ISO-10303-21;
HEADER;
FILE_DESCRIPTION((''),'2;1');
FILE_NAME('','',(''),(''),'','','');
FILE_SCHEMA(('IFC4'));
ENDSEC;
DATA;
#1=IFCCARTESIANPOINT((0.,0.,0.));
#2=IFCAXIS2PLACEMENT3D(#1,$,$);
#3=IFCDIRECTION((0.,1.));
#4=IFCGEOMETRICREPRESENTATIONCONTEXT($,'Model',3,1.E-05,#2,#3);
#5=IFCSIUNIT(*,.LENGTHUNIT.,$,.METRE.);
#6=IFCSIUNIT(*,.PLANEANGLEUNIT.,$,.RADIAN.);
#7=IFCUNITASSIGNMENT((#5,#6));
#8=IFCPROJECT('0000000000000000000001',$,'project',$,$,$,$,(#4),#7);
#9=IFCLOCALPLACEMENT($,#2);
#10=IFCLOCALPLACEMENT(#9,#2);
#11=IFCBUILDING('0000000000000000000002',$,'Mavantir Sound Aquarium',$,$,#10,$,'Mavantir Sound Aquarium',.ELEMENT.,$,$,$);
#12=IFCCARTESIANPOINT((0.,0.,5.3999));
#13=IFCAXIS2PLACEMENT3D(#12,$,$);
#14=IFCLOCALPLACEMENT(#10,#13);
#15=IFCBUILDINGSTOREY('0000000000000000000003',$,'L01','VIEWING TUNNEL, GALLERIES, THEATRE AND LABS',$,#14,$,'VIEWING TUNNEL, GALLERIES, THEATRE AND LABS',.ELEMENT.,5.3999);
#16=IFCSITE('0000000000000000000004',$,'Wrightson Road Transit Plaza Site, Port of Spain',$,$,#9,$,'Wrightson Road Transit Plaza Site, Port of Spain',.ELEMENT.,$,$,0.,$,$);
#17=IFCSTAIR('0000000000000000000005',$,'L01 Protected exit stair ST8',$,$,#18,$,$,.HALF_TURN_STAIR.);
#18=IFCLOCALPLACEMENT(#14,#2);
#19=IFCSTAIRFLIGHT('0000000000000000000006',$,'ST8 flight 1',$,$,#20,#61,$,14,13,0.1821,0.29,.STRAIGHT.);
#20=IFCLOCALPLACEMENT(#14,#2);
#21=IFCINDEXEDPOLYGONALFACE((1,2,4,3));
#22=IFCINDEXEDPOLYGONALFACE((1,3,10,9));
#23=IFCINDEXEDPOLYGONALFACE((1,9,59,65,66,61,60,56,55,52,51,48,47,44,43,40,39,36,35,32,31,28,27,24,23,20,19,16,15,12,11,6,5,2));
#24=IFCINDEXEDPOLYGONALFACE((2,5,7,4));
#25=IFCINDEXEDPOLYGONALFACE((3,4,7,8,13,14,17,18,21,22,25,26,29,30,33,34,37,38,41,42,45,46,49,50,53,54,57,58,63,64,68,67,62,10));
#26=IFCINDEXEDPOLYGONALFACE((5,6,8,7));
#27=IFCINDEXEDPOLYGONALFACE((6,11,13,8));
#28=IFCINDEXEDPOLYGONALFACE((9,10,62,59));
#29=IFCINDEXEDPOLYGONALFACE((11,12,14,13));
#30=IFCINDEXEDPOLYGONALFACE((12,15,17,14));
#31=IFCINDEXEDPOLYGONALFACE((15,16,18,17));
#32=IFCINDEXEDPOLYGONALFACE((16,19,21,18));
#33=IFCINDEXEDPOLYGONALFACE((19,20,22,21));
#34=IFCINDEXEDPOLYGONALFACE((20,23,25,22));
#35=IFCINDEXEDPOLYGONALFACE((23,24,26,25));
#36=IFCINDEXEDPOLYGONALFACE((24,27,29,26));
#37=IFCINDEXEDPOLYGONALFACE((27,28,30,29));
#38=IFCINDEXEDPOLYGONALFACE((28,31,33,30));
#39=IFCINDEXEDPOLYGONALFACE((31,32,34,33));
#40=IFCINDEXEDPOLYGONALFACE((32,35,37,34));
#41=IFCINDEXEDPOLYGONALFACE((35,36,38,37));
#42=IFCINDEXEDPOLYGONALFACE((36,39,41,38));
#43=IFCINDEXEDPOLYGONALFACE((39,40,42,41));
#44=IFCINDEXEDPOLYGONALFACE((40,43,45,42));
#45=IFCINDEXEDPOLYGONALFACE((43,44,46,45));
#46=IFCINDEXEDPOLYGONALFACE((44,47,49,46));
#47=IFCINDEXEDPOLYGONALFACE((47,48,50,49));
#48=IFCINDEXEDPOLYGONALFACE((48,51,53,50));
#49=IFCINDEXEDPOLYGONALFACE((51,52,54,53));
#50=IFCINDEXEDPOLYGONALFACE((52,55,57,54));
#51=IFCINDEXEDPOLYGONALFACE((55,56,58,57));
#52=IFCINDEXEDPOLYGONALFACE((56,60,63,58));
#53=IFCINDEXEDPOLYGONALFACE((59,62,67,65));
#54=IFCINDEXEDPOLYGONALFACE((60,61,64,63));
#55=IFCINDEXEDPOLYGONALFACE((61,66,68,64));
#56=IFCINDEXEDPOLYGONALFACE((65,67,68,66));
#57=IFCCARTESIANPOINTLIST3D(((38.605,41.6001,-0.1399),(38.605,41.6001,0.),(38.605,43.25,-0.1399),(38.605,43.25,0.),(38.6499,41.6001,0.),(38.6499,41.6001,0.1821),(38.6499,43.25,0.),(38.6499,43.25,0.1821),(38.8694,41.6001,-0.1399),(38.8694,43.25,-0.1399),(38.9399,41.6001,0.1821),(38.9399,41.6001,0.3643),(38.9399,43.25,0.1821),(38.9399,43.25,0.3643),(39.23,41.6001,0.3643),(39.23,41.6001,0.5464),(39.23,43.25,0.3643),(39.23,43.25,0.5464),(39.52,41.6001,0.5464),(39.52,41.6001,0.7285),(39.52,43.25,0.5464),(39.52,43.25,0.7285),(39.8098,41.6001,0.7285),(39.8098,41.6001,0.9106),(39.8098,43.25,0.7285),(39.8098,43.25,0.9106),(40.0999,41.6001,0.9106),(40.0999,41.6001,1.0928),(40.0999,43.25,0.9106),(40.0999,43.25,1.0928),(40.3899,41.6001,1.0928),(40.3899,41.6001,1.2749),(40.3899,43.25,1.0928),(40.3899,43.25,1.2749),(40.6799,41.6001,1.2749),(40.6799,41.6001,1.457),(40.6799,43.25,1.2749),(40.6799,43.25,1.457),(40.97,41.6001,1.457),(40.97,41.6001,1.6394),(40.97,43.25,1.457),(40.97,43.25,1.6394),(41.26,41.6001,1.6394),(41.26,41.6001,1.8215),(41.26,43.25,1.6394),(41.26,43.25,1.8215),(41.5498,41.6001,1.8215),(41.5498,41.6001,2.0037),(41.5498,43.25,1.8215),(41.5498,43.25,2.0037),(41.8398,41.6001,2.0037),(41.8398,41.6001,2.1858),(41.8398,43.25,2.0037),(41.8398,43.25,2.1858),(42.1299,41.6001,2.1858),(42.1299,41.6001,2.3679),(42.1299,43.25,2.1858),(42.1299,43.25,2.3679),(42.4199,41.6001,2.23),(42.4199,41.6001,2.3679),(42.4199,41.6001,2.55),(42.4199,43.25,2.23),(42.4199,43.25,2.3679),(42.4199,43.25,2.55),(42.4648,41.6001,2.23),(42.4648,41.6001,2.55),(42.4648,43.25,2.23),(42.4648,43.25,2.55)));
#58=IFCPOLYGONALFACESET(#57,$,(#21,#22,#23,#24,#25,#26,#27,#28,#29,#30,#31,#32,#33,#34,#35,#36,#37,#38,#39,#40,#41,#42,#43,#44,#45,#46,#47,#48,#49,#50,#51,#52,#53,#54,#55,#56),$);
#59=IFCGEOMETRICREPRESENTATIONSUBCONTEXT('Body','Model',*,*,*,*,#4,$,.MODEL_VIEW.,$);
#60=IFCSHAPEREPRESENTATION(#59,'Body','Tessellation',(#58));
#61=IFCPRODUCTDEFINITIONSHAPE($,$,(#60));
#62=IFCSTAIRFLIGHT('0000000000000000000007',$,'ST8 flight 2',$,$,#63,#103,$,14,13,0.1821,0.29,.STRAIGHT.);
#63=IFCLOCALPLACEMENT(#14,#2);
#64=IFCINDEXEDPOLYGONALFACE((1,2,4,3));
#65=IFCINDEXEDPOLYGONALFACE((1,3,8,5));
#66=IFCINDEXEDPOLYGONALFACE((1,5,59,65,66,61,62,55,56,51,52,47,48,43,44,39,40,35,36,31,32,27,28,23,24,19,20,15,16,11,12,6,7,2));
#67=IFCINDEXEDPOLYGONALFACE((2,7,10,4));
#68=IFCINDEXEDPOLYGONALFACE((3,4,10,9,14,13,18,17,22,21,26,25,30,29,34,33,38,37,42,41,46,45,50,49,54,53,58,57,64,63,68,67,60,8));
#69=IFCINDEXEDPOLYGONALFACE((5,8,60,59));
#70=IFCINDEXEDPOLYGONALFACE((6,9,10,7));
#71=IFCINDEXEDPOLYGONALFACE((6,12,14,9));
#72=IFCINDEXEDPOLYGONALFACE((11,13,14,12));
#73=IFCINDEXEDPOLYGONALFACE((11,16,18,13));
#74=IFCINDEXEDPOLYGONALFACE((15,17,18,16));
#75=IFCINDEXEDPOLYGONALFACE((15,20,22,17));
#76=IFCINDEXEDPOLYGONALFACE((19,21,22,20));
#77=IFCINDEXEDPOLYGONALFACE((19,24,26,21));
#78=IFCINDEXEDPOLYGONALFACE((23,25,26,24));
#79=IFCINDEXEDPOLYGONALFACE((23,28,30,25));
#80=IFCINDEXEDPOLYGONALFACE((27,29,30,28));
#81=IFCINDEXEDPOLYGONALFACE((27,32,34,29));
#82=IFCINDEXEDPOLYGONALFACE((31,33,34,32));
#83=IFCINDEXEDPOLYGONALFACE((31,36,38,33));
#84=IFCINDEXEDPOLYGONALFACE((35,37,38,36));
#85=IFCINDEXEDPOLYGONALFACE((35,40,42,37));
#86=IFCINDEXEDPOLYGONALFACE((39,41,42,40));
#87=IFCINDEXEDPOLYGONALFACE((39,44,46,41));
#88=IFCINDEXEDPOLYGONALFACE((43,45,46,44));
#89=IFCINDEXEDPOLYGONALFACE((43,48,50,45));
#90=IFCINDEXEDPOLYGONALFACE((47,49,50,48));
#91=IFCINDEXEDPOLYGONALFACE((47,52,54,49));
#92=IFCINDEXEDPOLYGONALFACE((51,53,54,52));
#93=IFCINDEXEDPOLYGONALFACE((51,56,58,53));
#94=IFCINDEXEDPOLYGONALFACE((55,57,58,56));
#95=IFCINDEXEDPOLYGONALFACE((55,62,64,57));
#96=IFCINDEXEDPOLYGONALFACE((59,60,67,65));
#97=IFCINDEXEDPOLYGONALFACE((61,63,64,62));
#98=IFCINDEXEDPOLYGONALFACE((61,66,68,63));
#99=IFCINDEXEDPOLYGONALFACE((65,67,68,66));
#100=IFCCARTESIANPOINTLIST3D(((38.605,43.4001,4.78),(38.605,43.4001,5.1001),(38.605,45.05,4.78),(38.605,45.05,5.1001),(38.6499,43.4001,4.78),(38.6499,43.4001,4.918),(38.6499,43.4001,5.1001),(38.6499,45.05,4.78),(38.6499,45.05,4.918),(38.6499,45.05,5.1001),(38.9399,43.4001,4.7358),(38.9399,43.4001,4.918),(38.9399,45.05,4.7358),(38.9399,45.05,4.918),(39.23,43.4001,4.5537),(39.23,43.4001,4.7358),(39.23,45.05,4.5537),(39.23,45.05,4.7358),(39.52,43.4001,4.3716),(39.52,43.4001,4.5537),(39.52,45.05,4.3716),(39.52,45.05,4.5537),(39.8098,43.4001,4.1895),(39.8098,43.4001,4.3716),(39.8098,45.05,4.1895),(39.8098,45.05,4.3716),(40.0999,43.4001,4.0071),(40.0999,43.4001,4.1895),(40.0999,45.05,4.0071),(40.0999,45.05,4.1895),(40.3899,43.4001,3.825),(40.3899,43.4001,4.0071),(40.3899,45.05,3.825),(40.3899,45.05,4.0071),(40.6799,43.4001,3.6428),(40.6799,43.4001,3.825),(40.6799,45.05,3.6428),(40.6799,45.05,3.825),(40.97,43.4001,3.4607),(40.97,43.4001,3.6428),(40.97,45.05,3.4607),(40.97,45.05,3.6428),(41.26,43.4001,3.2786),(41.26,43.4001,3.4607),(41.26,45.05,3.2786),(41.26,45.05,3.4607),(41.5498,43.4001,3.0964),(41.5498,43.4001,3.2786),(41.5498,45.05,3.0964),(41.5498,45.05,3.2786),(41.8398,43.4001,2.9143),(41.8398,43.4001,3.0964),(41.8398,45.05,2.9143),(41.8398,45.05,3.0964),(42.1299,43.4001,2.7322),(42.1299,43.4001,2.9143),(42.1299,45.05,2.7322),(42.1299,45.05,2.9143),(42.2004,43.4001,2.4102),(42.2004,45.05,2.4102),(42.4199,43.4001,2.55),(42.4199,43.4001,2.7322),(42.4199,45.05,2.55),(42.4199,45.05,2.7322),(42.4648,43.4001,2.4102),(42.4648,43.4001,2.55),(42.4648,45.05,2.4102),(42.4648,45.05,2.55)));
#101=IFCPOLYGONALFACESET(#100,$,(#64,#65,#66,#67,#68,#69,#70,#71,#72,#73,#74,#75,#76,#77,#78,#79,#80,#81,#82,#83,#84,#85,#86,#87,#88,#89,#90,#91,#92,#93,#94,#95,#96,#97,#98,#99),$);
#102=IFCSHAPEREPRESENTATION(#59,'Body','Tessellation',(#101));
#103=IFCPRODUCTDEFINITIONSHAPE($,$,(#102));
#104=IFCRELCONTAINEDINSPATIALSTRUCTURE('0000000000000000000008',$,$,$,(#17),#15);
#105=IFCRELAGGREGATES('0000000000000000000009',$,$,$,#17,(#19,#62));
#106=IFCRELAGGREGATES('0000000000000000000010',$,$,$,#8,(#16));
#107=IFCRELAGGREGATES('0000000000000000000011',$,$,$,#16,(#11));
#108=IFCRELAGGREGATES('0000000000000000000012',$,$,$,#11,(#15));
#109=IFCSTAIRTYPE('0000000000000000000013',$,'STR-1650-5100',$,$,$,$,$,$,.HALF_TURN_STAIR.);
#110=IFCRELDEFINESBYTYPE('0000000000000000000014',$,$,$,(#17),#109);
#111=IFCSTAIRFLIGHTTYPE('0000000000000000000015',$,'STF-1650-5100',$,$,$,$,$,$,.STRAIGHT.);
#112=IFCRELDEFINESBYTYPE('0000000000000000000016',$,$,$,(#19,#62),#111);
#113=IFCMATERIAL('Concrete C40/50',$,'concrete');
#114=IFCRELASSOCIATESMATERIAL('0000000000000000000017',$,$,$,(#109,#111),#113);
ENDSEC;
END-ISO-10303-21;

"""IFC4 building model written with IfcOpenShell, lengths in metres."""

from ifc_helpers import new_model, si_unit, direction, frame, origin, place, context, subcontext, project, spatial, polyline, outline, extrude, material, type_object, element, aggregate, save


model = new_model("IFC4")

# Units and contexts
model_context = context("Model", 3, precision=1e-05, world=origin(), true_north=direction((0.0, 1.0)))
body_context = subcontext(model_context, "Body", "Model", "MODEL_VIEW")
ifc_project = project(units=[si_unit("LENGTHUNIT", "METRE"), si_unit("PLANEANGLEUNIT", "RADIAN")], contexts=[model_context])

# Site, building, storey
site_placement = place(None, origin())
site = spatial("IfcSite", under=ifc_project, at=site_placement, Name="Wrightson Road Transit Plaza Site, Port of Spain", LongName="Wrightson Road Transit Plaza Site, Port of Spain", CompositionType="ELEMENT", RefElevation=0.0)
building_placement = place(site_placement, origin())
building = spatial("IfcBuilding", under=site, at=building_placement, Name="Mavantir Sound Aquarium", LongName="Mavantir Sound Aquarium", CompositionType="ELEMENT")
storey_placement = place(building_placement, frame((0.0, 0.0, 5.3999)))
storey = spatial("IfcBuildingStorey", under=building, at=storey_placement, Name="L01", Description="VIEWING TUNNEL, GALLERIES, THEATRE AND LABS", LongName="VIEWING TUNNEL, GALLERIES, THEATRE AND LABS", CompositionType="ELEMENT", Elevation=5.3999)

# Shared definitions
ifc_material_1 = material(Name="Concrete C40/50", Category="concrete")

# Stair, stair flights
stair_type = type_object("IfcStairType", Name="STR-1650-5100", PredefinedType="HALF_TURN_STAIR", material=ifc_material_1)
stair_placement = place(storey_placement, origin())
stair = element("IfcStair", 1, at=stair_placement, inside=storey, type_object=stair_type, Name="L01 Protected exit stair ST8", PredefinedType="HALF_TURN_STAIR")
stair_flight_type = type_object("IfcStairFlightType", Name="STF-1650-5100", PredefinedType="STRAIGHT", material=ifc_material_1)
stair_flight_1_placement = place(storey_placement, frame((38.6499, 42.425, 0.0), z_axis=(0.0, 0.0, 1.0), x_axis=(1.0, 0.0, 0.0)))
stair_flight_1 = element("IfcStairFlight", 2, at=stair_flight_1_placement, type_object=stair_flight_type, Name="ST8 flight 1", NumberOfRisers=14, NumberOfTreads=13, PredefinedType="STRAIGHT", RiserHeight=0.1821, TreadLength=0.29, context=body_context, shape_type="SweptSolid", body=[
    extrude(outline(polyline([(-0.0449, -0.1399), (-0.0449, 0.0), (0.0, 0.0), (0.0, 0.1821), (0.29, 0.1821), (0.29, 0.3643), (0.5801, 0.3643), (0.5801, 0.5464), (0.8701, 0.5464), (0.8701, 0.7285), (1.1599, 0.7285), (1.1599, 0.9106), (1.45, 0.9106), (1.45, 1.0928), (1.74, 1.0928), (1.74, 1.2749), (2.03, 1.2749), (2.03, 1.457), (2.3201, 1.457), (2.3201, 1.6394), (2.6101, 1.6394), (2.6101, 1.8215), (2.8999, 1.8215), (2.8999, 2.0037), (3.1899, 2.0037), (3.1899, 2.1858), (3.48, 2.1858), (3.48, 2.3679), (3.77, 2.3679), (3.77, 2.55), (3.8149, 2.55), (3.8149, 2.23), (3.77, 2.23), (0.2195, -0.1399), (-0.0449, -0.1399)])), frame((0.0, 0.825, 0.0), z_axis=(0.0, -1.0, 0.0), x_axis=(1.0, 0.0, 0.0)), (0.0, 0.0, 1.0), 1.6499),
])
stair_flight_2_placement = place(storey_placement, frame((42.4199, 44.2251, 2.55), z_axis=(0.0, 0.0, 1.0), x_axis=(-1.0, 0.0, 0.0)))
stair_flight_2 = element("IfcStairFlight", 3, at=stair_flight_2_placement, type_object=stair_flight_type, Name="ST8 flight 2", NumberOfRisers=14, NumberOfTreads=13, PredefinedType="STRAIGHT", RiserHeight=0.1821, TreadLength=0.29, context=body_context, shape_type="SweptSolid", body=[
    extrude(outline(polyline([(-0.0449, -0.1399), (-0.0449, 0.0), (0.0, 0.0), (0.0, 0.1821), (0.29, 0.1821), (0.29, 0.3643), (0.5801, 0.3643), (0.5801, 0.5464), (0.8701, 0.5464), (0.8701, 0.7285), (1.1599, 0.7285), (1.1599, 0.9106), (1.45, 0.9106), (1.45, 1.0928), (1.74, 1.0928), (1.74, 1.2749), (2.03, 1.2749), (2.03, 1.457), (2.3201, 1.457), (2.3201, 1.6394), (2.6101, 1.6394), (2.6101, 1.8215), (2.8999, 1.8215), (2.8999, 2.0037), (3.1899, 2.0037), (3.1899, 2.1858), (3.48, 2.1858), (3.48, 2.3679), (3.77, 2.3679), (3.77, 2.55), (3.8149, 2.55), (3.8149, 2.23), (3.77, 2.23), (0.2195, -0.1399), (-0.0449, -0.1399)])), frame((0.0, 0.825, 0.0), z_axis=(0.0, -1.0, 0.0), x_axis=(1.0, 0.0, 0.0)), (0.0, 0.0, 1.0), 1.6499),
])
aggregate(stair, [stair_flight_1, stair_flight_2])

save(model, "model.ifc")
